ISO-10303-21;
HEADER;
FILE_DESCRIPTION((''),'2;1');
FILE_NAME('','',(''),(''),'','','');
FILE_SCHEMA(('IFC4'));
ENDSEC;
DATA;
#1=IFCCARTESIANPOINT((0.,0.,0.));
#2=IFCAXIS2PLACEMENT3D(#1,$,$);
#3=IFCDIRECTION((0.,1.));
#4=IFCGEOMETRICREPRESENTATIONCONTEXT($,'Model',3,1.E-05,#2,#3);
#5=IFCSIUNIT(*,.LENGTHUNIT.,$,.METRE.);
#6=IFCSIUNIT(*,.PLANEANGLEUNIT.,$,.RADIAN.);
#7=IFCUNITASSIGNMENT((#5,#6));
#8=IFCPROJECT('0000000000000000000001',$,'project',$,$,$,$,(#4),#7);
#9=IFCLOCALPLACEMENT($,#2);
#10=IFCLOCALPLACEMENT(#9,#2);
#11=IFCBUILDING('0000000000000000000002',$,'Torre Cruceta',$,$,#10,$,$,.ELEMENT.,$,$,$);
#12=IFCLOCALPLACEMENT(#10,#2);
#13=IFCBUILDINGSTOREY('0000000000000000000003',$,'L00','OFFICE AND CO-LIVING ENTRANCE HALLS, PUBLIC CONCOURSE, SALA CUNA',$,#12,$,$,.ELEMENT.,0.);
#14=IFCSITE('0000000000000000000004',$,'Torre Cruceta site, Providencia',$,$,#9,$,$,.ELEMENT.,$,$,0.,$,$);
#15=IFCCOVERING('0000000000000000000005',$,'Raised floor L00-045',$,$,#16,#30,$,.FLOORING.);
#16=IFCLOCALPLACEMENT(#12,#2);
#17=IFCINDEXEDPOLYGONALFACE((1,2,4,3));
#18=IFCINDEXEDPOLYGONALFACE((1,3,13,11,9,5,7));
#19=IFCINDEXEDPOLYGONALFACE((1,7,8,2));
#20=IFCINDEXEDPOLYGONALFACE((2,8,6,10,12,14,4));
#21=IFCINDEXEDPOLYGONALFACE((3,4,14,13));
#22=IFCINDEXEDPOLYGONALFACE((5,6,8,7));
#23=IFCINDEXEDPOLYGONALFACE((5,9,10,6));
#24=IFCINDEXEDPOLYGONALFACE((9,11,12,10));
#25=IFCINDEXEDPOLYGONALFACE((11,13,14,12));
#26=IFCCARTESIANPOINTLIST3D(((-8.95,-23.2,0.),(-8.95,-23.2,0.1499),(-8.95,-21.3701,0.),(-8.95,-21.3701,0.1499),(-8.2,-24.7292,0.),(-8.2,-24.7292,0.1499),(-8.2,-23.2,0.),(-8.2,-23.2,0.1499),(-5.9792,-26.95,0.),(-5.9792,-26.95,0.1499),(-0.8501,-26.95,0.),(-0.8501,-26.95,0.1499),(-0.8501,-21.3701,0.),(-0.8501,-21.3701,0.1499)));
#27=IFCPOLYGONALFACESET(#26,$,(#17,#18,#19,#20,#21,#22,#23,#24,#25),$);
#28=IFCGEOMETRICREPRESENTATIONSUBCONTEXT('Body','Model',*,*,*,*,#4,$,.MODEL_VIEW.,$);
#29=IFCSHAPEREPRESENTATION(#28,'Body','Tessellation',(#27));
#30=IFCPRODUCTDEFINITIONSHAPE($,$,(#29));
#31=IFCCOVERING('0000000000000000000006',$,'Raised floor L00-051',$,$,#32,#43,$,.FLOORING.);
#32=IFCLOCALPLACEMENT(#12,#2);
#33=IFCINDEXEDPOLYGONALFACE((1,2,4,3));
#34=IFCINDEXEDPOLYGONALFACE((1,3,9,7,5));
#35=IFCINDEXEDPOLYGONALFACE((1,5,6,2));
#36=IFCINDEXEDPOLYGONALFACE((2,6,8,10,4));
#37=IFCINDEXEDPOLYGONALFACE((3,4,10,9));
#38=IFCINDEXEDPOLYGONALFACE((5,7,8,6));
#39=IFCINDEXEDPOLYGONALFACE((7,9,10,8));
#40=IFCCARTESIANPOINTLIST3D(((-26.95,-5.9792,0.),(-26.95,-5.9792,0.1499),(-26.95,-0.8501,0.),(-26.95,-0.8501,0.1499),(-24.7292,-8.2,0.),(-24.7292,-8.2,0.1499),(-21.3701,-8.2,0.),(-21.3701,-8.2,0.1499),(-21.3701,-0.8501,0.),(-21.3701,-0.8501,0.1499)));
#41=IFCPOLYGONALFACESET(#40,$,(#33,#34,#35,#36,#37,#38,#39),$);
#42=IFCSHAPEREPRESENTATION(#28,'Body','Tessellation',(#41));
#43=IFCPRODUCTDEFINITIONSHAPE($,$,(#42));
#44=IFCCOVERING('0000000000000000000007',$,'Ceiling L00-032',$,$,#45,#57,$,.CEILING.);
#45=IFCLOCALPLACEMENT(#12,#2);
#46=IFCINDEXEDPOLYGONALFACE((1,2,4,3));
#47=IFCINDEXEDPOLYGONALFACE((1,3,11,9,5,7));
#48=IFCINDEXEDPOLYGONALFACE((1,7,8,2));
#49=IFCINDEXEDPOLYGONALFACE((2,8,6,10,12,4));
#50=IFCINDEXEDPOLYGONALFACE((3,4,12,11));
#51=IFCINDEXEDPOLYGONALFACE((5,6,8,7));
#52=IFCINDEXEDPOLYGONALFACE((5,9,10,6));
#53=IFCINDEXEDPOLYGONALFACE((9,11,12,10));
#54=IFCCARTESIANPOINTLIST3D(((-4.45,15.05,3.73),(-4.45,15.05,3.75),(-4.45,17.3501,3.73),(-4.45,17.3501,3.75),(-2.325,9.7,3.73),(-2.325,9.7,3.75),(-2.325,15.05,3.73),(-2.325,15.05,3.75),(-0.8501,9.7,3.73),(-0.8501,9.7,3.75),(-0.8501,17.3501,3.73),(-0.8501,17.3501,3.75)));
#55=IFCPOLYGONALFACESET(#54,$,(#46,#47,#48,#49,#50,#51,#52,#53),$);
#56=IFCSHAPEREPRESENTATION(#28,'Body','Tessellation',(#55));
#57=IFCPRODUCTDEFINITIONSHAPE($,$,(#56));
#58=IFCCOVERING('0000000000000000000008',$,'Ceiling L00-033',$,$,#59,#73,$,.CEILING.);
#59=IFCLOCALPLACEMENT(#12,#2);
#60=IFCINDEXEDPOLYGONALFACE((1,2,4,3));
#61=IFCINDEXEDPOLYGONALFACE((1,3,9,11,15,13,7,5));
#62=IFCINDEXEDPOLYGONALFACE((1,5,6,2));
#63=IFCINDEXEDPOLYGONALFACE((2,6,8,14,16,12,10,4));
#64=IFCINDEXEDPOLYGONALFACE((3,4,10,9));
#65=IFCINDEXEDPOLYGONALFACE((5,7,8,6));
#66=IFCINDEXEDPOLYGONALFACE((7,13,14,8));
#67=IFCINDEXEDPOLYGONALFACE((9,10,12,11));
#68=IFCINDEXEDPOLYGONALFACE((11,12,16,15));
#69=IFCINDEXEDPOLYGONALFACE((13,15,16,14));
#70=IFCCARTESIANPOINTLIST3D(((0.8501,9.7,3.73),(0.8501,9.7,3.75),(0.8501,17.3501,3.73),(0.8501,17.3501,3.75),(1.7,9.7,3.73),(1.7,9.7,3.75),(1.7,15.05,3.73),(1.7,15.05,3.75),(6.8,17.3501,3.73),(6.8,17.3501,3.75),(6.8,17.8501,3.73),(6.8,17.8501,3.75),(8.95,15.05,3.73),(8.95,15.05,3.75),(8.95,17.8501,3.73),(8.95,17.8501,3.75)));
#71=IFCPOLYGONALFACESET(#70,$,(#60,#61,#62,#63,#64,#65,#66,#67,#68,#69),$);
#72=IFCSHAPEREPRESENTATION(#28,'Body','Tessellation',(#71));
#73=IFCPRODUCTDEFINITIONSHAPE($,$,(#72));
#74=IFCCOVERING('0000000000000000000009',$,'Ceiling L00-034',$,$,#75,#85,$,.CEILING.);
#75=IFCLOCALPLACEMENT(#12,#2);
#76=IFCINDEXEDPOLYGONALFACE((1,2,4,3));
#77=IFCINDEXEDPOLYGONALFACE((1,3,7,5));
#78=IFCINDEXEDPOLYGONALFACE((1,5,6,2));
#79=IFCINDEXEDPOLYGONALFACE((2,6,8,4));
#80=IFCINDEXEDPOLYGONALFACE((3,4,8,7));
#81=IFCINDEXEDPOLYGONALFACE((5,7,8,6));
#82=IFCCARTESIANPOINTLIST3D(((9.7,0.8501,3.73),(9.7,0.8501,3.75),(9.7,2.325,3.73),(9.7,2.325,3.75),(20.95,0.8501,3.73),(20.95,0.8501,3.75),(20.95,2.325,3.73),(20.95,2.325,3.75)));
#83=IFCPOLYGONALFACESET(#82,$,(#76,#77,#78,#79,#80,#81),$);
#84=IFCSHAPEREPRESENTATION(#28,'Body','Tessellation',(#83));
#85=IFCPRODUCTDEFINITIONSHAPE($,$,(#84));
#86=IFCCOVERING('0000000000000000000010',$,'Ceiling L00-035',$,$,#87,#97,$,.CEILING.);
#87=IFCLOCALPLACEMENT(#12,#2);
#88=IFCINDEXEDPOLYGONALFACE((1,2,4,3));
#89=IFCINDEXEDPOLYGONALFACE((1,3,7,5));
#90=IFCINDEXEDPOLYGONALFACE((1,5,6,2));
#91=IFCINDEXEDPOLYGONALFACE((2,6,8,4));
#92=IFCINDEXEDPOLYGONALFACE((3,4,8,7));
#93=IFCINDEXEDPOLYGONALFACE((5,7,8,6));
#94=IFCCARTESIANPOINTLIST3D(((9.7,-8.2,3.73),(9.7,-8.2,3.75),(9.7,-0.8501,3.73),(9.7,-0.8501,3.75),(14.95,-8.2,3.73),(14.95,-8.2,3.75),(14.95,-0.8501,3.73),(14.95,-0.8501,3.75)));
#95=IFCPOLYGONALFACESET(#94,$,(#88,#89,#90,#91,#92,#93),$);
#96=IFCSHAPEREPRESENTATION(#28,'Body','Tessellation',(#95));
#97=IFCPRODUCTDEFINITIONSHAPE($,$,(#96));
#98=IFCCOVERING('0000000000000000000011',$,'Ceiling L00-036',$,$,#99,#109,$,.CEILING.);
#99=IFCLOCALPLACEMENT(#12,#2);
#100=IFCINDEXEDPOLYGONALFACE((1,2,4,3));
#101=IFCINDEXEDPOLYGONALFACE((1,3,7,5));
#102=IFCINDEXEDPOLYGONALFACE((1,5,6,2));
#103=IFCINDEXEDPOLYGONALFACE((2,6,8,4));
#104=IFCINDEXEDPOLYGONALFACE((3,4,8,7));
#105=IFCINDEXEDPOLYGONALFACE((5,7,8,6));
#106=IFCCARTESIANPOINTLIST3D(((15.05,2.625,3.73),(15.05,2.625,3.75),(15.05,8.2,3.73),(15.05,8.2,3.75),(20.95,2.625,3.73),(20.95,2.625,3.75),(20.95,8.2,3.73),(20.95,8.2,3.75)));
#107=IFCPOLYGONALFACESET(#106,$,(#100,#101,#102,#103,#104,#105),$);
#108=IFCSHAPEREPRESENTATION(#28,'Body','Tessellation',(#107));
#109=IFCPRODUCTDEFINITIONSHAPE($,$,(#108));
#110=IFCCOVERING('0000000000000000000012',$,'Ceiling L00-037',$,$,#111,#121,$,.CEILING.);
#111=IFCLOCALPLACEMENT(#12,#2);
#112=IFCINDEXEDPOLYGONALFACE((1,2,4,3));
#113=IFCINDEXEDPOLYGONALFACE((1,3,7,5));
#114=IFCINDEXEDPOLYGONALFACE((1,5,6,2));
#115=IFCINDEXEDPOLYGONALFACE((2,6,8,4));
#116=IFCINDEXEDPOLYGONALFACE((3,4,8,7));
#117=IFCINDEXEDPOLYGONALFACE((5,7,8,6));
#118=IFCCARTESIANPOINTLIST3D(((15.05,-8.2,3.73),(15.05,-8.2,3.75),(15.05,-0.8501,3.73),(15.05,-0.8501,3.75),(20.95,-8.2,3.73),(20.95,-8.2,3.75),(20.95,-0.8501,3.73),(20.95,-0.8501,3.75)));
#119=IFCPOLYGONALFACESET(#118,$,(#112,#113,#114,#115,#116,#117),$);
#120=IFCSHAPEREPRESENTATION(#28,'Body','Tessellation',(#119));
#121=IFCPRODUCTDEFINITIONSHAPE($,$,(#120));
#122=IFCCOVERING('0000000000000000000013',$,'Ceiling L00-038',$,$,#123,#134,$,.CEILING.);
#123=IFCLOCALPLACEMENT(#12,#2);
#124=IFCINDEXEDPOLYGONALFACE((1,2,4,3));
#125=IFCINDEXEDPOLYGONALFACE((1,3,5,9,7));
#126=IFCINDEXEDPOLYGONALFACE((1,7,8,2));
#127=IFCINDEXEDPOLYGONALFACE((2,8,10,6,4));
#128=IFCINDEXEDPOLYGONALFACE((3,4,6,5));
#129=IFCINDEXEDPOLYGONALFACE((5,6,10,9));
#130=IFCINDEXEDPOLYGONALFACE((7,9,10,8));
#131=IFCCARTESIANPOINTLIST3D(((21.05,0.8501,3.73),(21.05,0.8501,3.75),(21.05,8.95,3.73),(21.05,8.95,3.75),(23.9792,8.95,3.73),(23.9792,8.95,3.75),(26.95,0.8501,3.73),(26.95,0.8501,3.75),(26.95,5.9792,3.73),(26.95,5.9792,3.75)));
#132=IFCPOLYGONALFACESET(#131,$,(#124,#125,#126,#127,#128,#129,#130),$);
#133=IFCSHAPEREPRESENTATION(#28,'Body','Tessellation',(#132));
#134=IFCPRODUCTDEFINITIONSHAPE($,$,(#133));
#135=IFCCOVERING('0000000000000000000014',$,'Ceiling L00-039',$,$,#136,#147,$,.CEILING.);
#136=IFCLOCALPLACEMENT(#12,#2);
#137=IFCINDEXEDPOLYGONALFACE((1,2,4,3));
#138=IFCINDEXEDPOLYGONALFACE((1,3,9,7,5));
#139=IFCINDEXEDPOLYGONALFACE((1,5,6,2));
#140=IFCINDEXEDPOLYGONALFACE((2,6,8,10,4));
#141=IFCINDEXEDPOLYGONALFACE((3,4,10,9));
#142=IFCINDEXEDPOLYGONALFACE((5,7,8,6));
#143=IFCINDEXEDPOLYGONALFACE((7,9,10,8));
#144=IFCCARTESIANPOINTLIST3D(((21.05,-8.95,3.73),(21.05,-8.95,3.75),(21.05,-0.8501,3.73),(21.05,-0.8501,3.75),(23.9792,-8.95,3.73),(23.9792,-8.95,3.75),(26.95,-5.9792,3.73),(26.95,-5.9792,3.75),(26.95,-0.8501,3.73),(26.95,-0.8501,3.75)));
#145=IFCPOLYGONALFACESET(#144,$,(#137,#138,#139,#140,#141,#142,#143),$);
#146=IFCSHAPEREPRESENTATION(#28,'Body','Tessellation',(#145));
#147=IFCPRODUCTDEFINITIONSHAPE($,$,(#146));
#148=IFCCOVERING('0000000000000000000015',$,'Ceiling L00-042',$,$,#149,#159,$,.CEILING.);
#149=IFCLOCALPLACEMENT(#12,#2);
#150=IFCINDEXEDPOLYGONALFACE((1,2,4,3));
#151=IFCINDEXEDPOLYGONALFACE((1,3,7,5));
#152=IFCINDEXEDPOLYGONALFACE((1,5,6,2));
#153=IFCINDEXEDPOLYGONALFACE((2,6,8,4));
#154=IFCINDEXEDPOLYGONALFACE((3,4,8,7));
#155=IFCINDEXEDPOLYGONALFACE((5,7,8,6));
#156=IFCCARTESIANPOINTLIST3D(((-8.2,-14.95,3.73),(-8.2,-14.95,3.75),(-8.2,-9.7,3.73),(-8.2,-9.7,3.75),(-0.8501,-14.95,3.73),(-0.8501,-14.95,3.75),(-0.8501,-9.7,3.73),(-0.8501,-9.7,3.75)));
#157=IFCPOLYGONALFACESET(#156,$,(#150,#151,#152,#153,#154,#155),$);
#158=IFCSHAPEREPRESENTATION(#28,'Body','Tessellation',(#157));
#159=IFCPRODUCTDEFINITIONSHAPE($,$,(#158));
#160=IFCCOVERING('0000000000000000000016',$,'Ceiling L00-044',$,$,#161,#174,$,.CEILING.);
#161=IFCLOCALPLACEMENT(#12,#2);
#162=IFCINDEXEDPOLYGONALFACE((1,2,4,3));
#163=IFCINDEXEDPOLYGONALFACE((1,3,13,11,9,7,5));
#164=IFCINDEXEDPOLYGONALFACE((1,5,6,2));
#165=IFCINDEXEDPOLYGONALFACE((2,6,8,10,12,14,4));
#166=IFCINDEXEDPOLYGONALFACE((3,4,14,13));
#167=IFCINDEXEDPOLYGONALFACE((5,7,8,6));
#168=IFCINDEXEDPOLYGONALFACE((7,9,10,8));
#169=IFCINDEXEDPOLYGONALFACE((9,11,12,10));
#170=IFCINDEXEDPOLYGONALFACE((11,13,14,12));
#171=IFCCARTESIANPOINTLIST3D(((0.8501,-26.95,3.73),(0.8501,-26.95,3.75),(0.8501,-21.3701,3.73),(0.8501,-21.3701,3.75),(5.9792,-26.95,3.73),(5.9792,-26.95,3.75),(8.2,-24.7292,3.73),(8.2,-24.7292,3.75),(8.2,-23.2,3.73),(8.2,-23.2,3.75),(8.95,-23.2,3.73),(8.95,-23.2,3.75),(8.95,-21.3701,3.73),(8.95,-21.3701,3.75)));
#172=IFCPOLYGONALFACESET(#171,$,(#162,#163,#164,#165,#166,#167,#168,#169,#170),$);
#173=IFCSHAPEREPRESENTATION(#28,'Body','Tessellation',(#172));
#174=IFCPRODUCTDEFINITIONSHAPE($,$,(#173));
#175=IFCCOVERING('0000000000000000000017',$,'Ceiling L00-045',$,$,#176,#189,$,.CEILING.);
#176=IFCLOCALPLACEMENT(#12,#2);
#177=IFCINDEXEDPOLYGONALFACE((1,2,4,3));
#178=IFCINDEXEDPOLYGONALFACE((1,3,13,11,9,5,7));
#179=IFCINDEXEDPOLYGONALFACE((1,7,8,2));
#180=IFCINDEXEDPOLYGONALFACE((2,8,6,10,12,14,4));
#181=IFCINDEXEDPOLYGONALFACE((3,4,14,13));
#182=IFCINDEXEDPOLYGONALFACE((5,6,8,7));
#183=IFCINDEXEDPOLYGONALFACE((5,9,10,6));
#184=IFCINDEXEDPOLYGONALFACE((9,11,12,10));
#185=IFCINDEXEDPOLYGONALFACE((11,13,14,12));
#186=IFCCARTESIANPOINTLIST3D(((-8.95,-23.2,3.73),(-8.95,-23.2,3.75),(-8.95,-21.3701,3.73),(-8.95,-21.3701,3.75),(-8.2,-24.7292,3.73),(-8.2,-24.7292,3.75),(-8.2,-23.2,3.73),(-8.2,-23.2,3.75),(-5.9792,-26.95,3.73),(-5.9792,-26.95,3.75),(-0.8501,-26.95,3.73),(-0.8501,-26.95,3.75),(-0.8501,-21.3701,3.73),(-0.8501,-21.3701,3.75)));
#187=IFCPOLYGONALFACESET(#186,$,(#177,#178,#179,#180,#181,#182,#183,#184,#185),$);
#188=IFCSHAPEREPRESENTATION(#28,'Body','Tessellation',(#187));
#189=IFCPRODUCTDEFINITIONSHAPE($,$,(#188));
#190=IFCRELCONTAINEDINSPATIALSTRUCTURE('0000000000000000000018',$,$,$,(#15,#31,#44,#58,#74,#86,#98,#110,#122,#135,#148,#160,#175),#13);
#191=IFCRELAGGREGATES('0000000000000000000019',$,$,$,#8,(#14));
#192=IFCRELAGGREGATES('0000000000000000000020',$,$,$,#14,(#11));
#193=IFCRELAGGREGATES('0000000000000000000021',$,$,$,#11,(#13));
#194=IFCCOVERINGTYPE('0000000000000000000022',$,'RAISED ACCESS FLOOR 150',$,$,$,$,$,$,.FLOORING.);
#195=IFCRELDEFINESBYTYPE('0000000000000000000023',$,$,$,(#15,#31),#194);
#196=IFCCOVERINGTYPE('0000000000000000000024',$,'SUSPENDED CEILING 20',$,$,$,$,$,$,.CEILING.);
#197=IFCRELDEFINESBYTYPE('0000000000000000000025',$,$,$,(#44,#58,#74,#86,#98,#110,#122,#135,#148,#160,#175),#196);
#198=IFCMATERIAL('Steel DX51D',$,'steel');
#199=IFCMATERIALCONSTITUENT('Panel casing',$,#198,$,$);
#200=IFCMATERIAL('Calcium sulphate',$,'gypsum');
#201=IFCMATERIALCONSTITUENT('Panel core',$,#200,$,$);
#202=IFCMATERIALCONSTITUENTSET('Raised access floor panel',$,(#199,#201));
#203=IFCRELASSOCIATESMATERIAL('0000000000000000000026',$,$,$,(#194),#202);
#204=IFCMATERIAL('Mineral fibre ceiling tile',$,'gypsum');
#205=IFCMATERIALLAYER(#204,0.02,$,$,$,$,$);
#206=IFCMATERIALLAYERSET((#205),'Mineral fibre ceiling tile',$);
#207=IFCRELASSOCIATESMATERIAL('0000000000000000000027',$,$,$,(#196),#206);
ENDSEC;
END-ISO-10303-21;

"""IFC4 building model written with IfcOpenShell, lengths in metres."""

from ifc_helpers import new_model, si_unit, direction, frame, origin, place, context, subcontext, project, spatial, polyline, outline, extrude, material, layer, layer_set, constituent, constituent_set, type_object, element, save


model = new_model("IFC4")

# Units and contexts
model_context = context("Model", 3, precision=1e-05, world=origin(), true_north=direction((0.0, 1.0)))
body_context = subcontext(model_context, "Body", "Model", "MODEL_VIEW")
ifc_project = project(units=[si_unit("LENGTHUNIT", "METRE"), si_unit("PLANEANGLEUNIT", "RADIAN")], contexts=[model_context])

# Site, building, storey
site_placement = place(None, origin())
site = spatial("IfcSite", under=ifc_project, at=site_placement, Name="Torre Cruceta site, Providencia", CompositionType="ELEMENT", RefElevation=0.0)
building_placement = place(site_placement, origin())
building = spatial("IfcBuilding", under=site, at=building_placement, Name="Torre Cruceta", CompositionType="ELEMENT")
storey_placement = place(building_placement, origin())
storey = spatial("IfcBuildingStorey", under=building, at=storey_placement, Name="L00", Description="OFFICE AND CO-LIVING ENTRANCE HALLS, PUBLIC CONCOURSE, SALA CUNA", CompositionType="ELEMENT", Elevation=0.0)

# Coverings
ifc_material_1 = material(Name="Steel DX51D", Category="steel")
ifc_constituent_1 = constituent(ifc_material_1, Name="Panel casing")
ifc_material_2 = material(Name="Calcium sulphate", Category="gypsum")
ifc_constituent_2 = constituent(ifc_material_2, Name="Panel core")
ifc_constituent_set_1 = constituent_set(constituents=[ifc_constituent_1, ifc_constituent_2], Name="Raised access floor panel")
covering_type_1 = type_object("IfcCoveringType", Name="RAISED ACCESS FLOOR 150", PredefinedType="FLOORING", material=ifc_constituent_set_1)
covering_1_placement = place(storey_placement, origin())
element("IfcCovering", 1, at=covering_1_placement, inside=storey, type_object=covering_type_1, Name="Raised floor L00-045", PredefinedType="FLOORING", context=body_context, shape_type="SweptSolid", body=[
    extrude(outline(polyline([(-8.2, -23.2), (-8.95, -23.2), (-8.95, -21.3701), (-0.8501, -21.3701), (-0.8501, -26.95), (-5.9792, -26.95), (-8.2, -24.7292), (-8.2, -23.2)])), origin(), (0.0, 0.0, 1.0), 0.1499),
])
covering_2_placement = place(storey_placement, origin())
element("IfcCovering", 2, at=covering_2_placement, inside=storey, type_object=covering_type_1, Name="Raised floor L00-051", PredefinedType="FLOORING", context=body_context, shape_type="SweptSolid", body=[
    extrude(outline(polyline([(-26.95, -0.8501), (-21.3701, -0.8501), (-21.3701, -8.2), (-24.7292, -8.2), (-26.95, -5.9792), (-26.95, -0.8501)])), origin(), (0.0, 0.0, 1.0), 0.1499),
])
ifc_material_3 = material(Name="Mineral fibre ceiling tile", Category="gypsum")
ifc_layer_1 = layer(ifc_material_3, 0.02)
ifc_layer_set_1 = layer_set([ifc_layer_1], Name="Mineral fibre ceiling tile")
covering_type_2 = type_object("IfcCoveringType", Name="SUSPENDED CEILING 20", PredefinedType="CEILING", material=ifc_layer_set_1)
covering_3_placement = place(storey_placement, frame((0.0, 0.0, 3.73)))
element("IfcCovering", 3, at=covering_3_placement, inside=storey, type_object=covering_type_2, Name="Ceiling L00-032", PredefinedType="CEILING", context=body_context, shape_type="SweptSolid", body=[
    extrude(outline(polyline([(-2.325, 9.7), (-2.325, 15.05), (-4.45, 15.05), (-4.45, 17.3501), (-0.8501, 17.3501), (-0.8501, 9.7), (-2.325, 9.7)])), origin(), (0.0, 0.0, 1.0), 0.02),
])
covering_4_placement = place(storey_placement, frame((0.0, 0.0, 3.73)))
element("IfcCovering", 4, at=covering_4_placement, inside=storey, type_object=covering_type_2, Name="Ceiling L00-033", PredefinedType="CEILING", context=body_context, shape_type="SweptSolid", body=[
    extrude(outline(polyline([(1.7, 15.05), (1.7, 9.7), (0.8501, 9.7), (0.8501, 17.3501), (6.8, 17.3501), (6.8, 17.8501), (8.95, 17.8501), (8.95, 15.05), (1.7, 15.05)])), origin(), (0.0, 0.0, 1.0), 0.02),
])
covering_5_placement = place(storey_placement, frame((0.0, 0.0, 3.73)))
element("IfcCovering", 5, at=covering_5_placement, inside=storey, type_object=covering_type_2, Name="Ceiling L00-034", PredefinedType="CEILING", context=body_context, shape_type="SweptSolid", body=[
    extrude(outline(polyline([(9.7, 0.8501), (9.7, 2.325), (20.95, 2.325), (20.95, 0.8501), (9.7, 0.8501)])), origin(), (0.0, 0.0, 1.0), 0.02),
])
covering_6_placement = place(storey_placement, frame((0.0, 0.0, 3.73)))
element("IfcCovering", 6, at=covering_6_placement, inside=storey, type_object=covering_type_2, Name="Ceiling L00-035", PredefinedType="CEILING", context=body_context, shape_type="SweptSolid", body=[
    extrude(outline(polyline([(9.7, -8.2), (9.7, -0.8501), (14.95, -0.8501), (14.95, -8.2), (9.7, -8.2)])), origin(), (0.0, 0.0, 1.0), 0.02),
])
covering_7_placement = place(storey_placement, frame((0.0, 0.0, 3.73)))
element("IfcCovering", 7, at=covering_7_placement, inside=storey, type_object=covering_type_2, Name="Ceiling L00-036", PredefinedType="CEILING", context=body_context, shape_type="SweptSolid", body=[
    extrude(outline(polyline([(15.05, 2.625), (15.05, 8.2), (20.95, 8.2), (20.95, 2.625), (15.05, 2.625)])), origin(), (0.0, 0.0, 1.0), 0.02),
])
covering_8_placement = place(storey_placement, frame((0.0, 0.0, 3.73)))
element("IfcCovering", 8, at=covering_8_placement, inside=storey, type_object=covering_type_2, Name="Ceiling L00-037", PredefinedType="CEILING", context=body_context, shape_type="SweptSolid", body=[
    extrude(outline(polyline([(15.05, -8.2), (15.05, -0.8501), (20.95, -0.8501), (20.95, -8.2), (15.05, -8.2)])), origin(), (0.0, 0.0, 1.0), 0.02),
])
covering_9_placement = place(storey_placement, frame((0.0, 0.0, 3.73)))
element("IfcCovering", 9, at=covering_9_placement, inside=storey, type_object=covering_type_2, Name="Ceiling L00-038", PredefinedType="CEILING", context=body_context, shape_type="SweptSolid", body=[
    extrude(outline(polyline([(21.05, 8.95), (23.9792, 8.95), (26.95, 5.9792), (26.95, 0.8501), (21.05, 0.8501), (21.05, 8.95)])), origin(), (0.0, 0.0, 1.0), 0.02),
])
covering_10_placement = place(storey_placement, frame((0.0, 0.0, 3.73)))
element("IfcCovering", 10, at=covering_10_placement, inside=storey, type_object=covering_type_2, Name="Ceiling L00-039", PredefinedType="CEILING", context=body_context, shape_type="SweptSolid", body=[
    extrude(outline(polyline([(26.95, -5.9792), (23.9792, -8.95), (21.05, -8.95), (21.05, -0.8501), (26.95, -0.8501), (26.95, -5.9792)])), origin(), (0.0, 0.0, 1.0), 0.02),
])
covering_11_placement = place(storey_placement, frame((0.0, 0.0, 3.73)))
element("IfcCovering", 11, at=covering_11_placement, inside=storey, type_object=covering_type_2, Name="Ceiling L00-042", PredefinedType="CEILING", context=body_context, shape_type="SweptSolid", body=[
    extrude(outline(polyline([(-8.2, -9.7), (-0.8501, -9.7), (-0.8501, -14.95), (-8.2, -14.95), (-8.2, -9.7)])), origin(), (0.0, 0.0, 1.0), 0.02),
])
covering_12_placement = place(storey_placement, frame((0.0, 0.0, 3.73)))
element("IfcCovering", 12, at=covering_12_placement, inside=storey, type_object=covering_type_2, Name="Ceiling L00-044", PredefinedType="CEILING", context=body_context, shape_type="SweptSolid", body=[
    extrude(outline(polyline([(8.95, -21.3701), (8.95, -23.2), (8.2, -23.2), (8.2, -24.7292), (5.9792, -26.95), (0.8501, -26.95), (0.8501, -21.3701), (8.95, -21.3701)])), origin(), (0.0, 0.0, 1.0), 0.02),
])
covering_13_placement = place(storey_placement, frame((0.0, 0.0, 3.73)))
element("IfcCovering", 13, at=covering_13_placement, inside=storey, type_object=covering_type_2, Name="Ceiling L00-045", PredefinedType="CEILING", context=body_context, shape_type="SweptSolid", body=[
    extrude(outline(polyline([(-8.2, -23.2), (-8.95, -23.2), (-8.95, -21.3701), (-0.8501, -21.3701), (-0.8501, -26.95), (-5.9792, -26.95), (-8.2, -24.7292), (-8.2, -23.2)])), origin(), (0.0, 0.0, 1.0), 0.02),
])

save(model, "model.ifc")
